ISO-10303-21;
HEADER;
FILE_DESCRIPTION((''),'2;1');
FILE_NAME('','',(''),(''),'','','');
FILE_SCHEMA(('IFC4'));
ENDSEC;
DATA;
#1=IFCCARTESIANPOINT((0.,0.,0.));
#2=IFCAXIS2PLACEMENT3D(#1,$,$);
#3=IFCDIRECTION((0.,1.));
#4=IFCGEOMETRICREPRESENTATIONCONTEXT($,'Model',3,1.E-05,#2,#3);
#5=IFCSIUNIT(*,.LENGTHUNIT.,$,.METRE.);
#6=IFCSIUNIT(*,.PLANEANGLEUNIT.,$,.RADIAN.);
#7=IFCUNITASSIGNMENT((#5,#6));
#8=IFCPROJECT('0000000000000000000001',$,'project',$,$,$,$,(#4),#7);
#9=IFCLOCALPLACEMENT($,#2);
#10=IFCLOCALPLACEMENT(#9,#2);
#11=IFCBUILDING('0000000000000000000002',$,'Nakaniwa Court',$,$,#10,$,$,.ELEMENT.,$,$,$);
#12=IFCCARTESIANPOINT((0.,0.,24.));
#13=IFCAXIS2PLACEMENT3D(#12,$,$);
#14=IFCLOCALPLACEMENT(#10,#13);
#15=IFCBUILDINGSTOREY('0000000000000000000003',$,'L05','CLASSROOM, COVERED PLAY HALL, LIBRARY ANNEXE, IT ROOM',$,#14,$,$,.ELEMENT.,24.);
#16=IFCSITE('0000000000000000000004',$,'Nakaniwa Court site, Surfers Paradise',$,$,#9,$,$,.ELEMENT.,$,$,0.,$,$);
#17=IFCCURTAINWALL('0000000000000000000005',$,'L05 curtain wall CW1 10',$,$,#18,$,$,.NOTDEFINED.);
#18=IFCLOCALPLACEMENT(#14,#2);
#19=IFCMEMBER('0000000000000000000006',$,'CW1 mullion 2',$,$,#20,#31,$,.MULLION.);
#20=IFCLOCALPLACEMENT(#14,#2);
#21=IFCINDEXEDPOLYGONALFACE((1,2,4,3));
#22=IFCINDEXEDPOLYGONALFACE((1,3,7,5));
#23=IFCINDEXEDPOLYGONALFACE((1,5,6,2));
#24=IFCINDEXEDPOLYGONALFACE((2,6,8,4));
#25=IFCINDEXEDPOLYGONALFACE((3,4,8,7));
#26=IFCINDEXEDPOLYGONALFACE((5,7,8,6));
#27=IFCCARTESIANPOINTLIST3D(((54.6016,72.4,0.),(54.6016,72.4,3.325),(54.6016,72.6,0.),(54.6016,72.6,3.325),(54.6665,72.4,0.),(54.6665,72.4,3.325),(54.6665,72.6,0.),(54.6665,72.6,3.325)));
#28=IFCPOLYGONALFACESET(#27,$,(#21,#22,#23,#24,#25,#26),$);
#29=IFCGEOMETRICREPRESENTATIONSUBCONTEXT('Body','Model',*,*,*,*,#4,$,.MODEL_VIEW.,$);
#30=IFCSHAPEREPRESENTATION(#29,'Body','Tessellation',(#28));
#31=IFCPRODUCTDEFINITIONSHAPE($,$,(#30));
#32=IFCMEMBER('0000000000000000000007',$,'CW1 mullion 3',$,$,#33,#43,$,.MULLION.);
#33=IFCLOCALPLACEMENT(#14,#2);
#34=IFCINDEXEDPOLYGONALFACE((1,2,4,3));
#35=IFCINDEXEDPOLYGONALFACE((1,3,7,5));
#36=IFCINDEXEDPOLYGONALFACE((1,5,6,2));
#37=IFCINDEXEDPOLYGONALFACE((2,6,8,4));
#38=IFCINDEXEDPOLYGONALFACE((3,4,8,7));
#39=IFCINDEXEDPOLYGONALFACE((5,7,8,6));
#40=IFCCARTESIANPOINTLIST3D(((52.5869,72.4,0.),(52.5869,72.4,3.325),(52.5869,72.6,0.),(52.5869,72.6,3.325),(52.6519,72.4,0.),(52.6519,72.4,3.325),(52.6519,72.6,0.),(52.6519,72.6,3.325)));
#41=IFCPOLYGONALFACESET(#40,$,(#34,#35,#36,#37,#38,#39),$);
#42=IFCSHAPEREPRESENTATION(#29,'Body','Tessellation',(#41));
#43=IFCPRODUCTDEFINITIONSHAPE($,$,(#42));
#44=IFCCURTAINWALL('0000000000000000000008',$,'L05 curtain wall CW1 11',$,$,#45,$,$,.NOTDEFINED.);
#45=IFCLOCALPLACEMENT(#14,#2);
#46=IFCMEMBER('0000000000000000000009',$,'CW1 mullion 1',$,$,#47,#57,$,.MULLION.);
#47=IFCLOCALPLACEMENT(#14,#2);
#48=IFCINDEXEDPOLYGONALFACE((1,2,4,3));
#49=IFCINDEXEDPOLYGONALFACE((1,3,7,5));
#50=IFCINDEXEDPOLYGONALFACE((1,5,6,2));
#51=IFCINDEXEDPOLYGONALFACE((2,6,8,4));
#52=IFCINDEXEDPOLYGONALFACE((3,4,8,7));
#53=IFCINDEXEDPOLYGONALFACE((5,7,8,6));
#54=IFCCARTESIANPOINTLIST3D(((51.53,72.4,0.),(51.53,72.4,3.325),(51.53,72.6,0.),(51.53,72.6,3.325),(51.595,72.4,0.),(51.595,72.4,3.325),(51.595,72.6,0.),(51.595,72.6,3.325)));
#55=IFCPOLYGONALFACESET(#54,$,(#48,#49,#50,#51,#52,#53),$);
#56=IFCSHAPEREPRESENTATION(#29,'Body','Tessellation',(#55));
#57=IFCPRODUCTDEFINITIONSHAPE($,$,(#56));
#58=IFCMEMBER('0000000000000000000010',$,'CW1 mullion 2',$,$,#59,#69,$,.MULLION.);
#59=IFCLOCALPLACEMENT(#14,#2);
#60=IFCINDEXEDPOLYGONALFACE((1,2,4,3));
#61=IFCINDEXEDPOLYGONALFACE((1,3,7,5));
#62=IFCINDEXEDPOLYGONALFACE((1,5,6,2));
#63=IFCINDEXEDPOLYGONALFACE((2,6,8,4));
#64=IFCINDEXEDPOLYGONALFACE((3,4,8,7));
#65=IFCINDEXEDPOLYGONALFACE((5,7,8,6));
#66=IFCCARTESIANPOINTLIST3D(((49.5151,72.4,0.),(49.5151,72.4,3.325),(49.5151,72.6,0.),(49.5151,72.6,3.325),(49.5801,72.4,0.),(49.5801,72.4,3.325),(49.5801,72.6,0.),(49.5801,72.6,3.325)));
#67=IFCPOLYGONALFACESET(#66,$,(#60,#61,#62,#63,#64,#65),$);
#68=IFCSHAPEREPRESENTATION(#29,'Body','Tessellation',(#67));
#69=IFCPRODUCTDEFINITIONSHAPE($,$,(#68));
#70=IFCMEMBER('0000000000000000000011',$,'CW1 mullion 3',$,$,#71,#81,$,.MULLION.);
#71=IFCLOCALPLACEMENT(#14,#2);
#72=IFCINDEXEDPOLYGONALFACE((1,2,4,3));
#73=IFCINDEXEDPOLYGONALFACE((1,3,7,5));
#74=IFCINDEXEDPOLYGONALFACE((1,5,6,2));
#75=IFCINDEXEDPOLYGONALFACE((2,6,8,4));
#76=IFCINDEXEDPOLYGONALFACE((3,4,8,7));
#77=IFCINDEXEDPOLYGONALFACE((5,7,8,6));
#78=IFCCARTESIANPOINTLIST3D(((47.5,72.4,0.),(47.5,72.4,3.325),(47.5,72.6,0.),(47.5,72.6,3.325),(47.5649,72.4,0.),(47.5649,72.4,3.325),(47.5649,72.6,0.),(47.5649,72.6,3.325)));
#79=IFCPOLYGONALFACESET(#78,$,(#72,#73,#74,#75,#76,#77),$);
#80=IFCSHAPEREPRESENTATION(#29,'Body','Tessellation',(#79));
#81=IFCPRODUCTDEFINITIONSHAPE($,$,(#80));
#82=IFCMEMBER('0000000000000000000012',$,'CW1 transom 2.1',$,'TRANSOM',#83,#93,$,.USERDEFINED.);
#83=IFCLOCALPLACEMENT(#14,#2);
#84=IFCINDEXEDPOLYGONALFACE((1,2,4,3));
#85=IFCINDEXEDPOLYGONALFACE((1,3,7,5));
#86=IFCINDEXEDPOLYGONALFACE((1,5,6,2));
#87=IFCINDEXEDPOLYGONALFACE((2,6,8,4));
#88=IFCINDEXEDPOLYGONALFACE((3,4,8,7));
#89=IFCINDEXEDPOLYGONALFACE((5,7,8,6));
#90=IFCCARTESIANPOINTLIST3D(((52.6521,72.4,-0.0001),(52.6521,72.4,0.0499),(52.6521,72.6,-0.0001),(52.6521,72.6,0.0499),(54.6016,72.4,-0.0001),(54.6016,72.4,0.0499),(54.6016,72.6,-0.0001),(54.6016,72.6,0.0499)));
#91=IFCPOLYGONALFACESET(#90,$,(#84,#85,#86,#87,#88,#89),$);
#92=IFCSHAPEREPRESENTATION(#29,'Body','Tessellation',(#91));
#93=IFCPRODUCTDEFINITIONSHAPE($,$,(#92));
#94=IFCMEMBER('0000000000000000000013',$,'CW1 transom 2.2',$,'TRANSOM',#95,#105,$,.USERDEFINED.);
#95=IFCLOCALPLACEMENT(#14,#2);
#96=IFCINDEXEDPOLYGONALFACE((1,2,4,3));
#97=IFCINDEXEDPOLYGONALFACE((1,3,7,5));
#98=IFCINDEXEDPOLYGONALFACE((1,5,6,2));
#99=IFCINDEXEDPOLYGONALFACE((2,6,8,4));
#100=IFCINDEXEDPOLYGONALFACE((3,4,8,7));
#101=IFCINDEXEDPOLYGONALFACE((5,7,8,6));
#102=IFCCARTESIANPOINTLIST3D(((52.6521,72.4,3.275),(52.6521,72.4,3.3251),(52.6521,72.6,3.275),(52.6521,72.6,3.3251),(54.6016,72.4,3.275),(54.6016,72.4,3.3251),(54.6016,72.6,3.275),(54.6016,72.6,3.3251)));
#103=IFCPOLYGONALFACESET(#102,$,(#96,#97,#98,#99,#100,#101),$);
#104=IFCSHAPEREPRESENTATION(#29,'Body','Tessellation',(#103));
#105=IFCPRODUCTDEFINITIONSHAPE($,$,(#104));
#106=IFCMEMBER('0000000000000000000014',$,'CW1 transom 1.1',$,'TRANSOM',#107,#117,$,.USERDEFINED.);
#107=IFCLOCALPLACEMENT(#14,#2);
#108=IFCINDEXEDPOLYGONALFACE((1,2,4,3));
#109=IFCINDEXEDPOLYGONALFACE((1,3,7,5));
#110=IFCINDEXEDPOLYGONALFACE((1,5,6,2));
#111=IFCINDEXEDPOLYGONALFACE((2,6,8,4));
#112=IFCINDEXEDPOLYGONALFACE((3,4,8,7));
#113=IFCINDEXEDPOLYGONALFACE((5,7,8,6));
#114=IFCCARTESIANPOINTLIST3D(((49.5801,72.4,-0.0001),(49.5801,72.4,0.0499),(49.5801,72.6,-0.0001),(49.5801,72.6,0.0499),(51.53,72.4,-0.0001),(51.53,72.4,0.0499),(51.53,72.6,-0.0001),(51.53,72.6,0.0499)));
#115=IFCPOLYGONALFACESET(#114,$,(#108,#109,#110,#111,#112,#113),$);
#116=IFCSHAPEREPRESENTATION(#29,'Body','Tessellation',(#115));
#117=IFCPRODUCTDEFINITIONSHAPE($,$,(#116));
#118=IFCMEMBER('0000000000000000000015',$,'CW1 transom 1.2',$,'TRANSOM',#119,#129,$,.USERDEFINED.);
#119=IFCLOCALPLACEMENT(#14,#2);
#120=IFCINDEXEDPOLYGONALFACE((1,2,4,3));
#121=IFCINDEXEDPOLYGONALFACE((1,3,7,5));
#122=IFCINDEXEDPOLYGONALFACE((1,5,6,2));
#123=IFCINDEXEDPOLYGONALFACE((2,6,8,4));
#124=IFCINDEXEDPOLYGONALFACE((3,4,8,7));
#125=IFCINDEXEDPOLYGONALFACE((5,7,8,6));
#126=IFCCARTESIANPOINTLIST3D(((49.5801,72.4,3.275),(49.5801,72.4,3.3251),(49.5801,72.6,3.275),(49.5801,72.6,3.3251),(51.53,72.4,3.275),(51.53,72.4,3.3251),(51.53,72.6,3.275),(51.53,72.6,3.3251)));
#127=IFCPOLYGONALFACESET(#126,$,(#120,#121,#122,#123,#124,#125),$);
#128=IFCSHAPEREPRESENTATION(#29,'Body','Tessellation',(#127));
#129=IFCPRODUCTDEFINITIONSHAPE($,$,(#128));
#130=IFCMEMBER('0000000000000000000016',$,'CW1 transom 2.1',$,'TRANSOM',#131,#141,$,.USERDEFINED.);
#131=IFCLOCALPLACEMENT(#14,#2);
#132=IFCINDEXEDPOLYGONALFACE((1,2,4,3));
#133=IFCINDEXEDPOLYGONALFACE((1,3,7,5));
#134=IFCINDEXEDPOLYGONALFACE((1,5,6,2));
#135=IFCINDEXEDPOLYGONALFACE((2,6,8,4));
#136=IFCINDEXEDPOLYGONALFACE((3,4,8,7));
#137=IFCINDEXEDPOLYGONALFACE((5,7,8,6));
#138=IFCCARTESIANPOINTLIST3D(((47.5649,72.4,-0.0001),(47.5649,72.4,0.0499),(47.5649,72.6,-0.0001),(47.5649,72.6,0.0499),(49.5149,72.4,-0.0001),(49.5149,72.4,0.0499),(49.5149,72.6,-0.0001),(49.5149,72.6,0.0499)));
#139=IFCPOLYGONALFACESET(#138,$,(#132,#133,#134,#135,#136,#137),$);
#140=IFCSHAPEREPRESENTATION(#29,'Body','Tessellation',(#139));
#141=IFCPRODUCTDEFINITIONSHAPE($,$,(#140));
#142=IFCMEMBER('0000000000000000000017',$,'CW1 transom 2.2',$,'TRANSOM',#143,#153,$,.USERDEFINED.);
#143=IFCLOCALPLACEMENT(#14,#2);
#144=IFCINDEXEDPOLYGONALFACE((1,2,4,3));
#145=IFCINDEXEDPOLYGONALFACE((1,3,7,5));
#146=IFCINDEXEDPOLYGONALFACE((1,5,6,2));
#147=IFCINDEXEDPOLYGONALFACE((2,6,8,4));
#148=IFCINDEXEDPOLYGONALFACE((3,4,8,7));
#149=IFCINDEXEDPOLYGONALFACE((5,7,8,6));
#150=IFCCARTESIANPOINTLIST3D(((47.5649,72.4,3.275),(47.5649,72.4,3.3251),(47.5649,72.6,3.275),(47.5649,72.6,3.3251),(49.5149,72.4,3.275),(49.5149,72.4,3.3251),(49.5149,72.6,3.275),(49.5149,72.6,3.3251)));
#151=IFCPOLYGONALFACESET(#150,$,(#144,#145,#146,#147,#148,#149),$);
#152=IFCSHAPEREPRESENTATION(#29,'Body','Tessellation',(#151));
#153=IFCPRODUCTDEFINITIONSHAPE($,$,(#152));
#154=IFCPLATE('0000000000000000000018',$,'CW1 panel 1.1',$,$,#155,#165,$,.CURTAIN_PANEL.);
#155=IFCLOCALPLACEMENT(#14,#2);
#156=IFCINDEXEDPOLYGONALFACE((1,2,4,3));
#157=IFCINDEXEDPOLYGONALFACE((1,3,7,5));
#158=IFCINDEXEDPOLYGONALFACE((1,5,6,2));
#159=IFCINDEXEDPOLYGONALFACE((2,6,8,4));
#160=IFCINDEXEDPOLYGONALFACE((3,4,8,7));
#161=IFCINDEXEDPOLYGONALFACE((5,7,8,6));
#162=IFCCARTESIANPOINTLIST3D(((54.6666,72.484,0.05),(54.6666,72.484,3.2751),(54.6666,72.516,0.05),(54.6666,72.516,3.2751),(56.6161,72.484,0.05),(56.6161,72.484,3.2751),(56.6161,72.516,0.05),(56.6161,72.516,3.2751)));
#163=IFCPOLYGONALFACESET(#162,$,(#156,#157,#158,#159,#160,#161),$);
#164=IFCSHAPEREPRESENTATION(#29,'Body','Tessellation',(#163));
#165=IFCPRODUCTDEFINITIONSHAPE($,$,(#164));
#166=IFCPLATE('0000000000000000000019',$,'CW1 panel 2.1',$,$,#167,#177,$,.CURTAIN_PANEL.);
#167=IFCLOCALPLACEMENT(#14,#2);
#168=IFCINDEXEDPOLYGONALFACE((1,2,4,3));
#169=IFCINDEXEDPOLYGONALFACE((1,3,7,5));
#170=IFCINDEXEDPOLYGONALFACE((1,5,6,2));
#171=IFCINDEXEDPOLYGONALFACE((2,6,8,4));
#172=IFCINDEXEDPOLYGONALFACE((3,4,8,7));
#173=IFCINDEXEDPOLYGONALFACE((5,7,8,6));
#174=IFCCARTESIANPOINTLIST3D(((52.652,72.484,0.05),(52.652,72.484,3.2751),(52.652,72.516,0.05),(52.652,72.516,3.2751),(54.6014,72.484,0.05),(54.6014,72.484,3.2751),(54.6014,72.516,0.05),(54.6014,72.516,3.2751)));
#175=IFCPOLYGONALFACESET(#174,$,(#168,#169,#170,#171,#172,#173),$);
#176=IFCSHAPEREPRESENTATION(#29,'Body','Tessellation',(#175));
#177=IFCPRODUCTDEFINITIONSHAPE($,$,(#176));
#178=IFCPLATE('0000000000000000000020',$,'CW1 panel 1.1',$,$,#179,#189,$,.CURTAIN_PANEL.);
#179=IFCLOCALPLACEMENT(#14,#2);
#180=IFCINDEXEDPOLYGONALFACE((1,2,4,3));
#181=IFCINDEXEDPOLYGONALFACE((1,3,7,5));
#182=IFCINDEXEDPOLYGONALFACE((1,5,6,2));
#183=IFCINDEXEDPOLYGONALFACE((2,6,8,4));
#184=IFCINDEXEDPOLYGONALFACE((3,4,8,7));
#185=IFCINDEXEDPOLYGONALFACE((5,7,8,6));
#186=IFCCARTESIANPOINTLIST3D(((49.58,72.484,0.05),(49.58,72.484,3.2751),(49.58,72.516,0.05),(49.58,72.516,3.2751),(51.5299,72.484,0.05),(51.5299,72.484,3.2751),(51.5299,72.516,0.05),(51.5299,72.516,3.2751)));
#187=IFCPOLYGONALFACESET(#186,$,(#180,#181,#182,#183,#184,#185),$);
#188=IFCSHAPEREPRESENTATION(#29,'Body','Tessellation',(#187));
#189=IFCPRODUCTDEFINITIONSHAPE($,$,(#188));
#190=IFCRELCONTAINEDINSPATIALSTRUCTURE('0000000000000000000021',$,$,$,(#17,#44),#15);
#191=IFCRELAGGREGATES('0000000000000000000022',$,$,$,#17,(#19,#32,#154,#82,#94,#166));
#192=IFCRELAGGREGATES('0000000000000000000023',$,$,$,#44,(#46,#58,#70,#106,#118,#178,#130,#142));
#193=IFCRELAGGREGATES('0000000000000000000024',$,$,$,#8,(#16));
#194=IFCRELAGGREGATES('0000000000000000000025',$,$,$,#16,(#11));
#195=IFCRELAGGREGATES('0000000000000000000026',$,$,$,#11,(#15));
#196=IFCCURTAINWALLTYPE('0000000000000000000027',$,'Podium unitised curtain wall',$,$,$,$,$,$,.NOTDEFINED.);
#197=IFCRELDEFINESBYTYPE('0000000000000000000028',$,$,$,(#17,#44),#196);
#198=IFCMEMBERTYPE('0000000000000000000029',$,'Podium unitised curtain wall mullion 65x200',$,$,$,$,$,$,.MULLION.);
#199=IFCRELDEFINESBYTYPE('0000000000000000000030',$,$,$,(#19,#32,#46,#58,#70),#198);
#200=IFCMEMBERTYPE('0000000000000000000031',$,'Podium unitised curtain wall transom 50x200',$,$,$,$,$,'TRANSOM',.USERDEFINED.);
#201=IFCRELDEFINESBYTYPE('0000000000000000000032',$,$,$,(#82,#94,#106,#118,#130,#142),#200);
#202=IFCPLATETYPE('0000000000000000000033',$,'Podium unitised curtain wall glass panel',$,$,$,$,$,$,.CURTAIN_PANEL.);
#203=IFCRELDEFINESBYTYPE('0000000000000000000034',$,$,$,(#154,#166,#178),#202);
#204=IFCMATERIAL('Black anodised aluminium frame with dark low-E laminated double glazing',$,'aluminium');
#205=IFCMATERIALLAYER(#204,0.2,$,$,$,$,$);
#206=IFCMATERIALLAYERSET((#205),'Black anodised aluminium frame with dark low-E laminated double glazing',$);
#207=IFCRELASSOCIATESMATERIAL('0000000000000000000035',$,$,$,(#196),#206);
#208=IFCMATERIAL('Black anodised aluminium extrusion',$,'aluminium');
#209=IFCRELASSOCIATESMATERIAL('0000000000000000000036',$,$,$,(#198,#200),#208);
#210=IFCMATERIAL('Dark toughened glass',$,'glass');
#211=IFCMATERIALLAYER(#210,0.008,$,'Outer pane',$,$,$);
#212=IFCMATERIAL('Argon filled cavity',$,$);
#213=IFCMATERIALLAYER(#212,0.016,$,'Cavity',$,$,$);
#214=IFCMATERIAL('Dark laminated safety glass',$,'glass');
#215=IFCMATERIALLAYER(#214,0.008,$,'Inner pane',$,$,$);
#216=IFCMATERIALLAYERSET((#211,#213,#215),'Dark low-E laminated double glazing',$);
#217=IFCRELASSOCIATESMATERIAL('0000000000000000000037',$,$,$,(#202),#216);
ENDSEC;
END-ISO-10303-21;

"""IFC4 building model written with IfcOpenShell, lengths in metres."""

from ifc_helpers import new_model, si_unit, direction, frame, origin, origin_2d, place, context, subcontext, project, spatial, rectangle, extrude, material, layer, layer_set, material_profile, profile_set, type_object, element, aggregate, save


model = new_model("IFC4")

# Units and contexts
model_context = context("Model", 3, precision=1e-05, world=origin(), true_north=direction((0.0, 1.0)))
body_context = subcontext(model_context, "Body", "Model", "MODEL_VIEW")
ifc_project = project(units=[si_unit("LENGTHUNIT", "METRE"), si_unit("PLANEANGLEUNIT", "RADIAN")], contexts=[model_context])

# Site, building, storey
site_placement = place(None, origin())
site = spatial("IfcSite", under=ifc_project, at=site_placement, Name="Nakaniwa Court site, Surfers Paradise", CompositionType="ELEMENT", RefElevation=0.0)
building_placement = place(site_placement, origin())
building = spatial("IfcBuilding", under=site, at=building_placement, Name="Nakaniwa Court", CompositionType="ELEMENT")
storey_placement = place(building_placement, frame((0.0, 0.0, 24.0)))
storey = spatial("IfcBuildingStorey", under=building, at=storey_placement, Name="L05", Description="CLASSROOM, COVERED PLAY HALL, LIBRARY ANNEXE, IT ROOM", CompositionType="ELEMENT", Elevation=24.0)

# Curtain walls, members
ifc_material_1 = material(Name="Black anodised aluminium frame with dark low-E laminated double glazing", Category="aluminium")
ifc_layer_1 = layer(ifc_material_1, 0.2)
ifc_layer_set_1 = layer_set([ifc_layer_1], Name="Black anodised aluminium frame with dark low-E laminated double glazing")
curtain_wall_type = type_object("IfcCurtainWallType", Name="Podium unitised curtain wall", PredefinedType="NOTDEFINED", material=ifc_layer_set_1)
curtain_wall_1_placement = place(storey_placement, origin())
curtain_wall_1 = element("IfcCurtainWall", 1, at=curtain_wall_1_placement, inside=storey, type_object=curtain_wall_type, Name="L05 curtain wall CW1 10", PredefinedType="NOTDEFINED")
ifc_material_2 = material(Name="Black anodised aluminium extrusion", Category="aluminium")
ifc_material_profile_1 = material_profile(ifc_material_2, rectangle(XDim=0.2, YDim=0.0649, at=origin_2d()), Name="Podium unitised curtain wall mullion 65x200")
ifc_profile_set_1 = profile_set([ifc_material_profile_1], Name="Black anodised aluminium extrusion")
member_type_1 = type_object("IfcMemberType", Name="Podium unitised curtain wall mullion 65x200", PredefinedType="MULLION", material=ifc_profile_set_1)
member_1_placement = place(storey_placement, frame((54.634, 72.5, 0.0), z_axis=(0.0, 0.0, 1.0), x_axis=(0.0, -1.0, 0.0)))
member_1 = element("IfcMember", 2, at=member_1_placement, type_object=member_type_1, Name="CW1 mullion 2", PredefinedType="MULLION", context=body_context, shape_type="SweptSolid", body=[
    extrude(rectangle(XDim=0.2, YDim=0.0649, at=origin_2d()), origin(), (0.0, 0.0, 1.0), 3.325),
])
member_2_placement = place(storey_placement, frame((52.6194, 72.5, 0.0), z_axis=(0.0, 0.0, 1.0), x_axis=(0.0, -1.0, 0.0)))
member_2 = element("IfcMember", 3, at=member_2_placement, type_object=member_type_1, Name="CW1 mullion 3", PredefinedType="MULLION", context=body_context, shape_type="SweptSolid", body=[
    extrude(rectangle(XDim=0.2, YDim=0.0649, at=origin_2d()), origin(), (0.0, 0.0, 1.0), 3.325),
])
curtain_wall_2_placement = place(storey_placement, origin())
curtain_wall_2 = element("IfcCurtainWall", 4, at=curtain_wall_2_placement, inside=storey, type_object=curtain_wall_type, Name="L05 curtain wall CW1 11", PredefinedType="NOTDEFINED")
member_3_placement = place(storey_placement, frame((51.5625, 72.5, 0.0), z_axis=(0.0, 0.0, 1.0), x_axis=(0.0, -1.0, 0.0)))
member_3 = element("IfcMember", 5, at=member_3_placement, type_object=member_type_1, Name="CW1 mullion 1", PredefinedType="MULLION", context=body_context, shape_type="SweptSolid", body=[
    extrude(rectangle(XDim=0.2, YDim=0.0649, at=origin_2d()), origin(), (0.0, 0.0, 1.0), 3.325),
])
member_4_placement = place(storey_placement, frame((49.5476, 72.5, 0.0), z_axis=(0.0, 0.0, 1.0), x_axis=(0.0, -1.0, 0.0)))
member_4 = element("IfcMember", 6, at=member_4_placement, type_object=member_type_1, Name="CW1 mullion 2", PredefinedType="MULLION", context=body_context, shape_type="SweptSolid", body=[
    extrude(rectangle(XDim=0.2, YDim=0.0649, at=origin_2d()), origin(), (0.0, 0.0, 1.0), 3.325),
])
member_5_placement = place(storey_placement, frame((47.5325, 72.5, 0.0), z_axis=(0.0, 0.0, 1.0), x_axis=(0.0, -1.0, 0.0)))
member_5 = element("IfcMember", 7, at=member_5_placement, type_object=member_type_1, Name="CW1 mullion 3", PredefinedType="MULLION", context=body_context, shape_type="SweptSolid", body=[
    extrude(rectangle(XDim=0.2, YDim=0.0649, at=origin_2d()), origin(), (0.0, 0.0, 1.0), 3.325),
])

# Members
ifc_material_profile_2 = material_profile(ifc_material_2, rectangle(XDim=0.2, YDim=0.05, at=origin_2d()), Name="Podium unitised curtain wall transom 50x200")
ifc_profile_set_2 = profile_set([ifc_material_profile_2], Name="Black anodised aluminium extrusion")
member_type_2 = type_object("IfcMemberType", Name="Podium unitised curtain wall transom 50x200", ElementType="TRANSOM", PredefinedType="USERDEFINED", material=ifc_profile_set_2)
member_6_placement = place(storey_placement, frame((54.6016, 72.5, 0.0249), z_axis=(-1.0, 0.0, 0.0), x_axis=(0.0, -1.0, 0.0)))
member_6 = element("IfcMember", 8, at=member_6_placement, type_object=member_type_2, Name="CW1 transom 2.1", ObjectType="TRANSOM", PredefinedType="USERDEFINED", context=body_context, shape_type="SweptSolid", body=[
    extrude(rectangle(XDim=0.2, YDim=0.05, at=origin_2d()), origin(), (0.0, 0.0, 1.0), 1.9495),
])
member_7_placement = place(storey_placement, frame((54.6016, 72.5, 3.3), z_axis=(-1.0, 0.0, 0.0), x_axis=(0.0, -1.0, 0.0)))
member_7 = element("IfcMember", 9, at=member_7_placement, type_object=member_type_2, Name="CW1 transom 2.2", ObjectType="TRANSOM", PredefinedType="USERDEFINED", context=body_context, shape_type="SweptSolid", body=[
    extrude(rectangle(XDim=0.2, YDim=0.05, at=origin_2d()), origin(), (0.0, 0.0, 1.0), 1.9495),
])
member_8_placement = place(storey_placement, frame((51.53, 72.5, 0.0249), z_axis=(-1.0, 0.0, 0.0), x_axis=(0.0, -1.0, 0.0)))
member_8 = element("IfcMember", 10, at=member_8_placement, type_object=member_type_2, Name="CW1 transom 1.1", ObjectType="TRANSOM", PredefinedType="USERDEFINED", context=body_context, shape_type="SweptSolid", body=[
    extrude(rectangle(XDim=0.2, YDim=0.05, at=origin_2d()), origin(), (0.0, 0.0, 1.0), 1.95),
])
member_9_placement = place(storey_placement, frame((51.53, 72.5, 3.3), z_axis=(-1.0, 0.0, 0.0), x_axis=(0.0, -1.0, 0.0)))
member_9 = element("IfcMember", 11, at=member_9_placement, type_object=member_type_2, Name="CW1 transom 1.2", ObjectType="TRANSOM", PredefinedType="USERDEFINED", context=body_context, shape_type="SweptSolid", body=[
    extrude(rectangle(XDim=0.2, YDim=0.05, at=origin_2d()), origin(), (0.0, 0.0, 1.0), 1.95),
])
member_10_placement = place(storey_placement, frame((49.5149, 72.5, 0.0249), z_axis=(-1.0, 0.0, 0.0), x_axis=(0.0, -1.0, 0.0)))
member_10 = element("IfcMember", 12, at=member_10_placement, type_object=member_type_2, Name="CW1 transom 2.1", ObjectType="TRANSOM", PredefinedType="USERDEFINED", context=body_context, shape_type="SweptSolid", body=[
    extrude(rectangle(XDim=0.2, YDim=0.05, at=origin_2d()), origin(), (0.0, 0.0, 1.0), 1.95),
])
member_11_placement = place(storey_placement, frame((49.5149, 72.5, 3.3), z_axis=(-1.0, 0.0, 0.0), x_axis=(0.0, -1.0, 0.0)))
member_11 = element("IfcMember", 13, at=member_11_placement, type_object=member_type_2, Name="CW1 transom 2.2", ObjectType="TRANSOM", PredefinedType="USERDEFINED", context=body_context, shape_type="SweptSolid", body=[
    extrude(rectangle(XDim=0.2, YDim=0.05, at=origin_2d()), origin(), (0.0, 0.0, 1.0), 1.95),
])

# Plates
ifc_material_3 = material(Name="Dark toughened glass", Category="glass")
ifc_layer_2 = layer(ifc_material_3, 0.008, Name="Outer pane")
ifc_material_4 = material(Name="Argon filled cavity")
ifc_layer_3 = layer(ifc_material_4, 0.016, Name="Cavity")
ifc_material_5 = material(Name="Dark laminated safety glass", Category="glass")
ifc_layer_4 = layer(ifc_material_5, 0.008, Name="Inner pane")
ifc_layer_set_2 = layer_set([ifc_layer_2, ifc_layer_3, ifc_layer_4], Name="Dark low-E laminated double glazing")
plate_type = type_object("IfcPlateType", Name="Podium unitised curtain wall glass panel", PredefinedType="CURTAIN_PANEL", material=ifc_layer_set_2)
plate_1_placement = place(storey_placement, frame((55.6414, 72.5, 0.05), z_axis=(0.0, 0.0, 1.0), x_axis=(-1.0, 0.0, 0.0)))
plate_1 = element("IfcPlate", 14, at=plate_1_placement, type_object=plate_type, Name="CW1 panel 1.1", PredefinedType="CURTAIN_PANEL", context=body_context, shape_type="SweptSolid", body=[
    extrude(rectangle(XDim=1.9495, YDim=0.032, at=origin_2d()), origin(), (0.0, 0.0, 1.0), 3.2251),
])
plate_2_placement = place(storey_placement, frame((53.6267, 72.5, 0.05), z_axis=(0.0, 0.0, 1.0), x_axis=(-1.0, 0.0, 0.0)))
plate_2 = element("IfcPlate", 15, at=plate_2_placement, type_object=plate_type, Name="CW1 panel 2.1", PredefinedType="CURTAIN_PANEL", context=body_context, shape_type="SweptSolid", body=[
    extrude(rectangle(XDim=1.9495, YDim=0.032, at=origin_2d()), origin(), (0.0, 0.0, 1.0), 3.2251),
])
aggregate(curtain_wall_1, [member_1, member_2, plate_1, member_6, member_7, plate_2])
plate_3_placement = place(storey_placement, frame((50.5549, 72.5, 0.05), z_axis=(0.0, 0.0, 1.0), x_axis=(-1.0, 0.0, 0.0)))
plate_3 = element("IfcPlate", 16, at=plate_3_placement, type_object=plate_type, Name="CW1 panel 1.1", PredefinedType="CURTAIN_PANEL", context=body_context, shape_type="SweptSolid", body=[
    extrude(rectangle(XDim=1.95, YDim=0.032, at=origin_2d()), origin(), (0.0, 0.0, 1.0), 3.2251),
])
aggregate(curtain_wall_2, [member_3, member_4, member_5, member_8, member_9, plate_3, member_10, member_11])

save(model, "model.ifc")
